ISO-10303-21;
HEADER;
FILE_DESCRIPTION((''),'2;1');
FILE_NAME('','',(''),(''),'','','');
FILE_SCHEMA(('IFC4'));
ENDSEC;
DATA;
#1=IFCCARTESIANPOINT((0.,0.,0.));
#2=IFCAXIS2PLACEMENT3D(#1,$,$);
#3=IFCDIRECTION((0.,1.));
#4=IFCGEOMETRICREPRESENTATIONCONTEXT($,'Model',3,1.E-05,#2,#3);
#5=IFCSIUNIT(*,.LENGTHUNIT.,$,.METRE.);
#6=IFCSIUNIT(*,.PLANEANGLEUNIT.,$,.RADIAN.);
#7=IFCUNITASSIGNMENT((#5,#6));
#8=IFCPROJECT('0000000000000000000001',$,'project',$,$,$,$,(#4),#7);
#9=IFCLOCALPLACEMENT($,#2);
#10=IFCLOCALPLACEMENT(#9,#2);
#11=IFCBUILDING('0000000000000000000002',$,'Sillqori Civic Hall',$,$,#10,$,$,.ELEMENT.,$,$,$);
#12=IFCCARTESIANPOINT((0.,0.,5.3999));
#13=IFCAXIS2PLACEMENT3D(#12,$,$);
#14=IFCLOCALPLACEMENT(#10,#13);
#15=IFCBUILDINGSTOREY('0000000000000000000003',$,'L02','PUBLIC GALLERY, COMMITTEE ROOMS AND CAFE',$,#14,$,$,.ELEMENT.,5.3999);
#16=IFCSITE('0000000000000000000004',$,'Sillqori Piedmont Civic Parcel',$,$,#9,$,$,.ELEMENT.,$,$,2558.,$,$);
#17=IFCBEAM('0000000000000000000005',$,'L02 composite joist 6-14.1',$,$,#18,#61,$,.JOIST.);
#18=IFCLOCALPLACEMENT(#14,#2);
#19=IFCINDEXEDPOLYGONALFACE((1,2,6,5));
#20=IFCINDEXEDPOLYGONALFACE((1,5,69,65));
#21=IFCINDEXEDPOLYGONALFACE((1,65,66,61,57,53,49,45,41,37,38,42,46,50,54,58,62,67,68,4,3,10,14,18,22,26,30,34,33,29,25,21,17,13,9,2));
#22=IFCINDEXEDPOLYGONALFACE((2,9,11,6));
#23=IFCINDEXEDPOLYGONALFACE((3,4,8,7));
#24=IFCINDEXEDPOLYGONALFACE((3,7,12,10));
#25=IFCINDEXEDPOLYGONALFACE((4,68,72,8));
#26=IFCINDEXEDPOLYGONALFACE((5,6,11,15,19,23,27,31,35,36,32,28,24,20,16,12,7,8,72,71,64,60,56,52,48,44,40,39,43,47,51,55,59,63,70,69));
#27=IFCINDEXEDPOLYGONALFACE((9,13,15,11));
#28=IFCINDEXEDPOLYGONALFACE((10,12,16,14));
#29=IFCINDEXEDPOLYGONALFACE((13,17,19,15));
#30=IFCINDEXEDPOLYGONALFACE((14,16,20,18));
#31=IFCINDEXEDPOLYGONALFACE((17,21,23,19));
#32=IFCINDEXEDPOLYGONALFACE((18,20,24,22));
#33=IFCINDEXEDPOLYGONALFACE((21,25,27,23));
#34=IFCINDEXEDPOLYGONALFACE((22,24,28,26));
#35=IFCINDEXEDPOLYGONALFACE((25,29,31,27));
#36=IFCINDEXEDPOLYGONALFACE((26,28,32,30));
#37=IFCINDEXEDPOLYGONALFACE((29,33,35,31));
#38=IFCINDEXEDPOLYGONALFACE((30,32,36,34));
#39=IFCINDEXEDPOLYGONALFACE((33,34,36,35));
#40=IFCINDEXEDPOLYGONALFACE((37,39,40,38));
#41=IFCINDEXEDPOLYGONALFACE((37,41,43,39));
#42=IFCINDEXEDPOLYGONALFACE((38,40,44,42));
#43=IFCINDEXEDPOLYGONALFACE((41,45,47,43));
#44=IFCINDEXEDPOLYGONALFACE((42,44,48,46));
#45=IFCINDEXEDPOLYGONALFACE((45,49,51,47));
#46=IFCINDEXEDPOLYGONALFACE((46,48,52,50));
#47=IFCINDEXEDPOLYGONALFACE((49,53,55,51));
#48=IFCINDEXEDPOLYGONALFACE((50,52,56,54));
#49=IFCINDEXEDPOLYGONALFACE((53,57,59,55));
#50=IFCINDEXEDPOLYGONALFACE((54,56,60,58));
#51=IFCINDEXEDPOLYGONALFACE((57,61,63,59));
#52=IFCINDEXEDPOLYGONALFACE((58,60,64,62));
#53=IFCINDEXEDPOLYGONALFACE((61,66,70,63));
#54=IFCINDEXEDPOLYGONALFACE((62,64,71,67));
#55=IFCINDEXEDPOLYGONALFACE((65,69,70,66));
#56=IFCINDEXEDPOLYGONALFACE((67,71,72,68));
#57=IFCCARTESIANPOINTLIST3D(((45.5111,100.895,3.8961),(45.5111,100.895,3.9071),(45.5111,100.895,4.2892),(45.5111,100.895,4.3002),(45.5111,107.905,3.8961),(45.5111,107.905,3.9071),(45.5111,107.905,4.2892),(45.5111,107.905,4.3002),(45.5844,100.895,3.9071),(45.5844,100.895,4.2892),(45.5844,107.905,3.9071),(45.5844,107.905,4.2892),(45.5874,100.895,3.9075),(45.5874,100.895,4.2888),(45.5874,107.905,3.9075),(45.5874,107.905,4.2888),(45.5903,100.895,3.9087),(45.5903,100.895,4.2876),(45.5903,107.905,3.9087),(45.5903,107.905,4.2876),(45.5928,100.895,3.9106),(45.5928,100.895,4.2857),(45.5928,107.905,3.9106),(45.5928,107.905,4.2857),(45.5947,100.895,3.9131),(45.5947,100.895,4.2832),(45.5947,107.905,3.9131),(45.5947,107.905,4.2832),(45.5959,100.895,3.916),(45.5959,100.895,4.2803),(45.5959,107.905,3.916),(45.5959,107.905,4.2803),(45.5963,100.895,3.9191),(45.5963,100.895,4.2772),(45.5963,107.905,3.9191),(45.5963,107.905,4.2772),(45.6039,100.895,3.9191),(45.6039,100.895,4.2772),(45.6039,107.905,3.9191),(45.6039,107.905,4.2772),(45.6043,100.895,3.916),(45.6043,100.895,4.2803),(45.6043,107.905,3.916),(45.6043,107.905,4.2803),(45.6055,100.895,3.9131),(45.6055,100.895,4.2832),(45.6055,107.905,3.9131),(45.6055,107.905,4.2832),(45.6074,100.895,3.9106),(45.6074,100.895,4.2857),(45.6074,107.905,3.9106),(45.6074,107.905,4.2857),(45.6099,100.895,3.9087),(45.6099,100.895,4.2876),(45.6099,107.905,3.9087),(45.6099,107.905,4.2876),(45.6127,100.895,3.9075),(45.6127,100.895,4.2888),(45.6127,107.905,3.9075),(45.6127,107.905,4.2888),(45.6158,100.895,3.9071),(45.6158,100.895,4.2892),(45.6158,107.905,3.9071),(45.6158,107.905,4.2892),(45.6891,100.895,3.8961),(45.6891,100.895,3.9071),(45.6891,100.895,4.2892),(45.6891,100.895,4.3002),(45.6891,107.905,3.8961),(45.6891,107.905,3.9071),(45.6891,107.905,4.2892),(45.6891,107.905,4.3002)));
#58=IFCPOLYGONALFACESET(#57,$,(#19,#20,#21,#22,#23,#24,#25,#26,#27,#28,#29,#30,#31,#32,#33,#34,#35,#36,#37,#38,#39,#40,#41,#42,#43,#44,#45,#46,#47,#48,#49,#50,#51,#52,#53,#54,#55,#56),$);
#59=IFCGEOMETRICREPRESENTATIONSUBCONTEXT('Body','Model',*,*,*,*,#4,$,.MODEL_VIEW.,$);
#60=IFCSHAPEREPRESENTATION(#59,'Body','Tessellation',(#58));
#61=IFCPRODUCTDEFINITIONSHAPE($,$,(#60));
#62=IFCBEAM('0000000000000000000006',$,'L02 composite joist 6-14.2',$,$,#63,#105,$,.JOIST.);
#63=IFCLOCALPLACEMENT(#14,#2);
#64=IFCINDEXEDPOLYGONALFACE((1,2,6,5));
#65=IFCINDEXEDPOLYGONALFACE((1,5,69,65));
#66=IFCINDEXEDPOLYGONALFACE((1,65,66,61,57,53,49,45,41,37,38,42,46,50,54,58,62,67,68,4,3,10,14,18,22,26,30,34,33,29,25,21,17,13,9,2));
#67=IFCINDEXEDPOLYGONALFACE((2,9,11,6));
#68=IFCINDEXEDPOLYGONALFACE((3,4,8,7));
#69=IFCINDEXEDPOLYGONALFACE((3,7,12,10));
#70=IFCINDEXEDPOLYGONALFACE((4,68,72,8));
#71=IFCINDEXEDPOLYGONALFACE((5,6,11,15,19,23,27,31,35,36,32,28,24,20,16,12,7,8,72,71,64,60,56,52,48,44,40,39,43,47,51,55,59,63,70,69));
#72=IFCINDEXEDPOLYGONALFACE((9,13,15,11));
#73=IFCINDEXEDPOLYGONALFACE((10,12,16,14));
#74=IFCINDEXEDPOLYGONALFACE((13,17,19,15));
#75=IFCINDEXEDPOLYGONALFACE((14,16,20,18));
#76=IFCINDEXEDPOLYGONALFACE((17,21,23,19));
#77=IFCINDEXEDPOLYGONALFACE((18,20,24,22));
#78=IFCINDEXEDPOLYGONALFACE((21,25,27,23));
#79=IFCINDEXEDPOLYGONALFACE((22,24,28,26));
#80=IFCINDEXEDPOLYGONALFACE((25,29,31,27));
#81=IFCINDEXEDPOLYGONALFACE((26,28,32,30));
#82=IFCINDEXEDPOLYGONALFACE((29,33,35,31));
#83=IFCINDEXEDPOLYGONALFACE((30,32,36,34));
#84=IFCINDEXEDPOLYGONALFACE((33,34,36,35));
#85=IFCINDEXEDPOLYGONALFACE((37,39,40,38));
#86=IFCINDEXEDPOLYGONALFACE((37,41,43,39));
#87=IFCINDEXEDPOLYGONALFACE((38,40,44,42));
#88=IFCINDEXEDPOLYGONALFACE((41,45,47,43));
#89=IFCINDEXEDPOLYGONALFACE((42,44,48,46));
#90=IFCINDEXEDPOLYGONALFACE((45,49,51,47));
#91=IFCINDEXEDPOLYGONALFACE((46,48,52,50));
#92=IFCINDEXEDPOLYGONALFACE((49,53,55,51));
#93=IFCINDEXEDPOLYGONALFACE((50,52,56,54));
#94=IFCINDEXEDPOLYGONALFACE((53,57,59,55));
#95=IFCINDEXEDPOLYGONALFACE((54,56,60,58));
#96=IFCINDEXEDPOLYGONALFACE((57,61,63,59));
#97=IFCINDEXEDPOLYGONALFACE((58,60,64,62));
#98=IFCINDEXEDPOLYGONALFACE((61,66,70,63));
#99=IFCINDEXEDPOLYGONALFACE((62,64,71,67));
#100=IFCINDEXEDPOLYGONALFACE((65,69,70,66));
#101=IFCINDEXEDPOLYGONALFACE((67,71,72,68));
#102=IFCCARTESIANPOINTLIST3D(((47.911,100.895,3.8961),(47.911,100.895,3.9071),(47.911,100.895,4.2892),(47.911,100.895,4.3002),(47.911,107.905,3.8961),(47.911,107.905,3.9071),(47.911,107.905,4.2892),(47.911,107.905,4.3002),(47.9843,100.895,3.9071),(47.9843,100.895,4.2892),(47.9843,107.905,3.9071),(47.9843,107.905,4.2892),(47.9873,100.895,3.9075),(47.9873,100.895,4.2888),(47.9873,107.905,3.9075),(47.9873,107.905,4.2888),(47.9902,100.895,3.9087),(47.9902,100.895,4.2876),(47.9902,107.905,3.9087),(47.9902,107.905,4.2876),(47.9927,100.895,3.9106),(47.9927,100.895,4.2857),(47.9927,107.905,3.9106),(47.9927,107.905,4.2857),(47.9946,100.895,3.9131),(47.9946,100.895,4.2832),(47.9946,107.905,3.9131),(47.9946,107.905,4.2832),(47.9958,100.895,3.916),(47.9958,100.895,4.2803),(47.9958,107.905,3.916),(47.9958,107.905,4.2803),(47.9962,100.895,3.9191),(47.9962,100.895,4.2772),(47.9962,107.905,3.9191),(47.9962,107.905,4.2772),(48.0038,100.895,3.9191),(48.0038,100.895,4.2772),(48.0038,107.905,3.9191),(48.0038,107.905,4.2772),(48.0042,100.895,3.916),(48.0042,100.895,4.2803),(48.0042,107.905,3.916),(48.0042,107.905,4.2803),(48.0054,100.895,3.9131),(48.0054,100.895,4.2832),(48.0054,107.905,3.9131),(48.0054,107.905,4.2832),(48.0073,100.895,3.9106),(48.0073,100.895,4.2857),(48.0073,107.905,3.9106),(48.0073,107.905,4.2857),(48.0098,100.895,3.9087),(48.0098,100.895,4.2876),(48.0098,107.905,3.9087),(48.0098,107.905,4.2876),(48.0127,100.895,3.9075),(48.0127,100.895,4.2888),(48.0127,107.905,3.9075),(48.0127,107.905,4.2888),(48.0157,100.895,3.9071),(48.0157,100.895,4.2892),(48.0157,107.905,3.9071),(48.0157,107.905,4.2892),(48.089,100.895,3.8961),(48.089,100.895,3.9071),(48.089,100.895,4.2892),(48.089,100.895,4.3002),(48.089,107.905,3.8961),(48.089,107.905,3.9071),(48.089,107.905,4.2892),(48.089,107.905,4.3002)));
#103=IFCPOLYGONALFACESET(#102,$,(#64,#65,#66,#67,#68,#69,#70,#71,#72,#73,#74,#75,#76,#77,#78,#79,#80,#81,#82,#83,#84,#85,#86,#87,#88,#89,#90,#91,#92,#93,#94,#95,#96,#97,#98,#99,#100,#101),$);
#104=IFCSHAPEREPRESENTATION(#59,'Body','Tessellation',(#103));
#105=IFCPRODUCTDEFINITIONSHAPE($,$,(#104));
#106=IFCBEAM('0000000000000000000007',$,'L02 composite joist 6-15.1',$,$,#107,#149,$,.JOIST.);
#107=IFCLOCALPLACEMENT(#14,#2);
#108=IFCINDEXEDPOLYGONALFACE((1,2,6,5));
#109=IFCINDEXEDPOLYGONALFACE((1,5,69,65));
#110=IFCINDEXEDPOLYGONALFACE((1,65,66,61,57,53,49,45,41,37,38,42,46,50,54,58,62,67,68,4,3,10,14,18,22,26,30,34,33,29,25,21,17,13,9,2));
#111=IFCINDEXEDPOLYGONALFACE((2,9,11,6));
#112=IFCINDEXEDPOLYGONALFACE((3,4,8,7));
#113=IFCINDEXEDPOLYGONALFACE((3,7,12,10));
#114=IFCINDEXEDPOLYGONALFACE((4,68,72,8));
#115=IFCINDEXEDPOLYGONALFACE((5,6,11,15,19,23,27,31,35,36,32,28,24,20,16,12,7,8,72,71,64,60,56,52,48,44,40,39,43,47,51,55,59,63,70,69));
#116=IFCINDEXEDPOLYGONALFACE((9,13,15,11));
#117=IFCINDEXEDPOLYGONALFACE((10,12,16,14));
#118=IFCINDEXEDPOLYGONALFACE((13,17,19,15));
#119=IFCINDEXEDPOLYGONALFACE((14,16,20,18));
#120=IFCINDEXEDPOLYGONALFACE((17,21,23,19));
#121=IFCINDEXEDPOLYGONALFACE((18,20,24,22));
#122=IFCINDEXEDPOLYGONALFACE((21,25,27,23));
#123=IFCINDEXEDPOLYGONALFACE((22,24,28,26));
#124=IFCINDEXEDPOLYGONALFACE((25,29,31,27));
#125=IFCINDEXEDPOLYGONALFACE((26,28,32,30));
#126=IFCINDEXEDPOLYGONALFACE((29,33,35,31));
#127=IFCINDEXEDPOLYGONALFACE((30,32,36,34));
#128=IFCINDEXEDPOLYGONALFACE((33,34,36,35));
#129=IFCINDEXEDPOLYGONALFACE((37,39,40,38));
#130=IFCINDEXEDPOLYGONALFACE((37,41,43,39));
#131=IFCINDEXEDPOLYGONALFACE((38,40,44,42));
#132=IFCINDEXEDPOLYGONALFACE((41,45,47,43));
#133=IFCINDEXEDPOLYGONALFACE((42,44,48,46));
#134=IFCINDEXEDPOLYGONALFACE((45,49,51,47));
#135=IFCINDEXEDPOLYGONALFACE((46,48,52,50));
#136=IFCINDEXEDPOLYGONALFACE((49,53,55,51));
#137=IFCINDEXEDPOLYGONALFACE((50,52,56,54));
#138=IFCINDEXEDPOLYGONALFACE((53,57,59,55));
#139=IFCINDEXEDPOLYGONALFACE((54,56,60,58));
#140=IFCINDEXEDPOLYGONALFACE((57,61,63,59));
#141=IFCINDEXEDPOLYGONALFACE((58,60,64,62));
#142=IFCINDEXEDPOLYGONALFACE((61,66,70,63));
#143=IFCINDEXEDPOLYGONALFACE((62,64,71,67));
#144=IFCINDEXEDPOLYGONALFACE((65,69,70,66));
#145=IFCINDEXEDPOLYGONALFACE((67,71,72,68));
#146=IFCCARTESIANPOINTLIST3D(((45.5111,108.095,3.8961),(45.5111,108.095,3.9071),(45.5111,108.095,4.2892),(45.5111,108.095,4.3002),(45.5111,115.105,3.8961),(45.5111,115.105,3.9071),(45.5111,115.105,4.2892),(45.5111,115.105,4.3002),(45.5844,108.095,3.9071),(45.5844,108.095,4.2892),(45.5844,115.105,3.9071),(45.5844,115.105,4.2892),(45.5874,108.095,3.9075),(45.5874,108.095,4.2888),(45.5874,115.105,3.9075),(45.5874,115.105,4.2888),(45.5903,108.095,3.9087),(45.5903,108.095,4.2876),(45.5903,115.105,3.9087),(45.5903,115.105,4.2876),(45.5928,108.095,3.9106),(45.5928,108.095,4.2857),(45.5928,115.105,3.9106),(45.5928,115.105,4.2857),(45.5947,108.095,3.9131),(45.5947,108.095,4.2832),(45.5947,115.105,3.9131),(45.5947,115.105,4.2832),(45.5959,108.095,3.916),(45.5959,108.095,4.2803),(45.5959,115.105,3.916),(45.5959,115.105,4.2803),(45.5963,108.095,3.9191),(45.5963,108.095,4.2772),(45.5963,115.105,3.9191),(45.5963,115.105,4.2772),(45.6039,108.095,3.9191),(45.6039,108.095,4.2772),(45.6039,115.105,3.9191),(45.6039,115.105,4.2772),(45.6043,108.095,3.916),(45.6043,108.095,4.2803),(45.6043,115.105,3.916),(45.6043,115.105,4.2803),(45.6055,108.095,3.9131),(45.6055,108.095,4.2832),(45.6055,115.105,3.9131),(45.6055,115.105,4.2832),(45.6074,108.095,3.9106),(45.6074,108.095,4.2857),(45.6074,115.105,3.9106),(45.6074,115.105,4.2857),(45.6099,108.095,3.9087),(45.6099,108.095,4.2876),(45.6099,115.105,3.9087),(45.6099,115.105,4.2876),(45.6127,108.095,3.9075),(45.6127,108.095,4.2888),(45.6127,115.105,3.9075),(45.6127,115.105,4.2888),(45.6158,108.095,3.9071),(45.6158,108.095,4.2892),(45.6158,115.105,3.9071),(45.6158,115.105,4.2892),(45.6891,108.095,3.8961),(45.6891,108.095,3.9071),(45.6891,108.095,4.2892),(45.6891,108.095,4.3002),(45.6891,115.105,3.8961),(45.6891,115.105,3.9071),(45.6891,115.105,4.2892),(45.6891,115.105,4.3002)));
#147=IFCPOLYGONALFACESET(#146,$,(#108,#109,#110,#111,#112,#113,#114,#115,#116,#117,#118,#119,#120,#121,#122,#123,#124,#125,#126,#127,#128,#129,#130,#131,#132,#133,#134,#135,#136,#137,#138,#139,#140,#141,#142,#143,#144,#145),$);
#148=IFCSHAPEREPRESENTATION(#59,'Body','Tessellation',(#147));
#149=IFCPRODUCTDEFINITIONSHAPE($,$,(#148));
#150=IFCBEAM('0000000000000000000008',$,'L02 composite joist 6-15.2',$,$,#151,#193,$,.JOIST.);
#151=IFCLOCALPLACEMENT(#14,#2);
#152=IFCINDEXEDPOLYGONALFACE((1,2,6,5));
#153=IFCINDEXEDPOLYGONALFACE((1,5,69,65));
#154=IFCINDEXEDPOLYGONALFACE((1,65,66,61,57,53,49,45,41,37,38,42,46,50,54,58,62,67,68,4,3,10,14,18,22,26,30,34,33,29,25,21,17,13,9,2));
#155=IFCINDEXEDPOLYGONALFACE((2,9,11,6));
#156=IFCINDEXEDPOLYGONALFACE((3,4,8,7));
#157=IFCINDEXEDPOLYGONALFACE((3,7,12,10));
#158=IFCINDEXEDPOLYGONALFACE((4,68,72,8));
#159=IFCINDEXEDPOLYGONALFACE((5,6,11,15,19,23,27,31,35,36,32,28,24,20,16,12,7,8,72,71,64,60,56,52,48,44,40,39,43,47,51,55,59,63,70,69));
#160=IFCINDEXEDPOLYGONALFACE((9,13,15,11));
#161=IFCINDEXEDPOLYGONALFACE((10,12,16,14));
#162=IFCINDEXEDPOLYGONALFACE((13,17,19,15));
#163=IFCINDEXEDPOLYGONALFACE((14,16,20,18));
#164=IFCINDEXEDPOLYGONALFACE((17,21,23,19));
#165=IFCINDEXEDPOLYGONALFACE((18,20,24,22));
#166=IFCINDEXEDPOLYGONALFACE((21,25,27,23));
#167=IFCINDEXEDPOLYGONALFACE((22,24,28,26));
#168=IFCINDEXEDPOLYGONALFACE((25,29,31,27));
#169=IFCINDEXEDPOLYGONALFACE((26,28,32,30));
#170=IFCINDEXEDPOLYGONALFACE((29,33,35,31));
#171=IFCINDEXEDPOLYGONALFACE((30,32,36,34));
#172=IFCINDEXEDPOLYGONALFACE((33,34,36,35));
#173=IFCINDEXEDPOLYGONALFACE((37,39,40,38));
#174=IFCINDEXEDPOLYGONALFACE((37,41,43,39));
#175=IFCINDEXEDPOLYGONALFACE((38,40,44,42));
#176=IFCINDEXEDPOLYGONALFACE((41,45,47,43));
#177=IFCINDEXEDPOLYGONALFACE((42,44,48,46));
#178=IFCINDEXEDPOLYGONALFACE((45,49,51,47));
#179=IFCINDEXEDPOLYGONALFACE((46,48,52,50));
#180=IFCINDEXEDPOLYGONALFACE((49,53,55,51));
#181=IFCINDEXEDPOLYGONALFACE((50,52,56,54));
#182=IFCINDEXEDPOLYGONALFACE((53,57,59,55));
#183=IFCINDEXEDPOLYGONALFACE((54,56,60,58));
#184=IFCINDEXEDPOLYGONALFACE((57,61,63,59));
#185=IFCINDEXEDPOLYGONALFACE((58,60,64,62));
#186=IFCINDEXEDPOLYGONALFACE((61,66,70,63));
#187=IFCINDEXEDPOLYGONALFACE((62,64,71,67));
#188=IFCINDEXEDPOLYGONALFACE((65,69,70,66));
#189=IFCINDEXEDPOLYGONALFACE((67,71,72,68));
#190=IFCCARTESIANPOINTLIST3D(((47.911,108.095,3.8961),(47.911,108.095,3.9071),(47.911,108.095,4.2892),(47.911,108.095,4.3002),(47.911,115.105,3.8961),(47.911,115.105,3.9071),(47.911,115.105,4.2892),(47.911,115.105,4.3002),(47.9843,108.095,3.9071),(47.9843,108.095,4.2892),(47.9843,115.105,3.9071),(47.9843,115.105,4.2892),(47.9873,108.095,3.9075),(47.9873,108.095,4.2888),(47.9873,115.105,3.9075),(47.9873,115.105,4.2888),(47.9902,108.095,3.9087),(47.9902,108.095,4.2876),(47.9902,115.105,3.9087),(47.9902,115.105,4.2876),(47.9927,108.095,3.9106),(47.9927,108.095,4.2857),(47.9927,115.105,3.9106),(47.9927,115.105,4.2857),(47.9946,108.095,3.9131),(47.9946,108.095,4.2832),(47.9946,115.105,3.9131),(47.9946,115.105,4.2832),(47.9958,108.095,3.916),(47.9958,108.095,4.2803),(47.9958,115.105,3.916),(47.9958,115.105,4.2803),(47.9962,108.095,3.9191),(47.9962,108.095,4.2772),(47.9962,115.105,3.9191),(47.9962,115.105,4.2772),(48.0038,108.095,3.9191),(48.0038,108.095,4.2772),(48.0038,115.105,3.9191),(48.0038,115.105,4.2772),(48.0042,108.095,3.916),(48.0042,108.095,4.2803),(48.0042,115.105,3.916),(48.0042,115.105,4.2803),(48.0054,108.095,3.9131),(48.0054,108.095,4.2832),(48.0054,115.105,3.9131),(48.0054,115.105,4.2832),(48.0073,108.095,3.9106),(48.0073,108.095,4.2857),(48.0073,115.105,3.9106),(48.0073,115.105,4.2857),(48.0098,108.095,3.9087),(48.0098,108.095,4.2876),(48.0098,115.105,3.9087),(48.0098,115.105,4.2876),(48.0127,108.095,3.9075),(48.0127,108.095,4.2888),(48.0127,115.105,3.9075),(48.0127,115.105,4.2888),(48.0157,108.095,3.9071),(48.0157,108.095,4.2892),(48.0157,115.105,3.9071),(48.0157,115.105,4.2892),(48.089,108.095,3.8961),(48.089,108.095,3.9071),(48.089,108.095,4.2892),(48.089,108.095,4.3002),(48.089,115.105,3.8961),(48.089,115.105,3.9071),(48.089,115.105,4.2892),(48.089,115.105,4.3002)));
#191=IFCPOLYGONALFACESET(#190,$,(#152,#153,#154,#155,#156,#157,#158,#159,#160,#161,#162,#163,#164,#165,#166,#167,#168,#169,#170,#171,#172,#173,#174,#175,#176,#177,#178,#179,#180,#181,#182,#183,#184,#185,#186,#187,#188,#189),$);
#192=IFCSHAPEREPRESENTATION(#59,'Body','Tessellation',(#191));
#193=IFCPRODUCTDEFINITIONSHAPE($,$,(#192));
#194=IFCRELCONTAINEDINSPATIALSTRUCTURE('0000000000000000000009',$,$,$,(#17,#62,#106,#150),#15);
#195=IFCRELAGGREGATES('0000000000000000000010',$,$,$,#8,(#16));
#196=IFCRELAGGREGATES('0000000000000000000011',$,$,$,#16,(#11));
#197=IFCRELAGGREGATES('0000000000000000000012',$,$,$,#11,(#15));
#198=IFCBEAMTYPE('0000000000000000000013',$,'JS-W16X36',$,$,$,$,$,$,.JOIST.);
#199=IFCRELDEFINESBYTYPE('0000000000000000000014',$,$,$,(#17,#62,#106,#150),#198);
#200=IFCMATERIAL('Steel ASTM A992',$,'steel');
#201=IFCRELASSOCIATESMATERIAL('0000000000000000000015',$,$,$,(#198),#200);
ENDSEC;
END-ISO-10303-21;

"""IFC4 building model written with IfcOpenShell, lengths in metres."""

from ifc_helpers import new_model, si_unit, direction, frame, origin, origin_2d, place, context, subcontext, project, spatial, i_section, extrude, material, material_profile, profile_set, type_object, element, save


model = new_model("IFC4")

# Units and contexts
model_context = context("Model", 3, precision=1e-05, world=origin(), true_north=direction((0.0, 1.0)))
body_context = subcontext(model_context, "Body", "Model", "MODEL_VIEW")
ifc_project = project(units=[si_unit("LENGTHUNIT", "METRE"), si_unit("PLANEANGLEUNIT", "RADIAN")], contexts=[model_context])

# Site, building, storey
site_placement = place(None, origin())
site = spatial("IfcSite", under=ifc_project, at=site_placement, Name="Sillqori Piedmont Civic Parcel", CompositionType="ELEMENT", RefElevation=2558.0)
building_placement = place(site_placement, origin())
building = spatial("IfcBuilding", under=site, at=building_placement, Name="Sillqori Civic Hall", CompositionType="ELEMENT")
storey_placement = place(building_placement, frame((0.0, 0.0, 5.3999)))
storey = spatial("IfcBuildingStorey", under=building, at=storey_placement, Name="L02", Description="PUBLIC GALLERY, COMMITTEE ROOMS AND CAFE", CompositionType="ELEMENT", Elevation=5.3999)

# Shared definitions
ifc_material_1 = material(Name="Steel ASTM A992", Category="steel")

# Beams
ifc_material_profile_1 = material_profile(ifc_material_1, i_section(OverallWidth=0.178, OverallDepth=0.4041, WebThickness=0.0076, FlangeThickness=0.011, FilletRadius=0.012, at=origin_2d()), Name="W16X36")
ifc_profile_set_1 = profile_set([ifc_material_profile_1], Name="Steel ASTM A992")
beam_type_1 = type_object("IfcBeamType", Name="JS-W16X36", PredefinedType="JOIST", material=ifc_profile_set_1)
for number, where, z_axis, x_axis, name in (
    (1, (45.6001, 100.895, 4.0981), (0.0, 1.0, 0.0), (-1.0, 0.0, 0.0), "L02 composite joist 6-14.1"),
    (2, (48.0, 100.895, 4.0981), (0.0, 1.0, 0.0), (-1.0, 0.0, 0.0), "L02 composite joist 6-14.2"),
    (3, (45.6001, 108.095, 4.0981), (0.0, 1.0, 0.0), (-1.0, 0.0, 0.0), "L02 composite joist 6-15.1"),
    (4, (48.0, 108.095, 4.0981), (0.0, 1.0, 0.0), (-1.0, 0.0, 0.0), "L02 composite joist 6-15.2"),
):
    element("IfcBeam", number, at=place(storey_placement, frame(where, z_axis=z_axis, x_axis=x_axis)), inside=storey, type_object=beam_type_1, Name=name, PredefinedType="JOIST", context=body_context, shape_type="SweptSolid", body=[
        extrude(i_section(OverallWidth=0.178, OverallDepth=0.4041, WebThickness=0.0076, FlangeThickness=0.011, FilletRadius=0.012, at=origin_2d()), origin(), (0.0, 0.0, 1.0), 7.01),
    ])

save(model, "model.ifc")
